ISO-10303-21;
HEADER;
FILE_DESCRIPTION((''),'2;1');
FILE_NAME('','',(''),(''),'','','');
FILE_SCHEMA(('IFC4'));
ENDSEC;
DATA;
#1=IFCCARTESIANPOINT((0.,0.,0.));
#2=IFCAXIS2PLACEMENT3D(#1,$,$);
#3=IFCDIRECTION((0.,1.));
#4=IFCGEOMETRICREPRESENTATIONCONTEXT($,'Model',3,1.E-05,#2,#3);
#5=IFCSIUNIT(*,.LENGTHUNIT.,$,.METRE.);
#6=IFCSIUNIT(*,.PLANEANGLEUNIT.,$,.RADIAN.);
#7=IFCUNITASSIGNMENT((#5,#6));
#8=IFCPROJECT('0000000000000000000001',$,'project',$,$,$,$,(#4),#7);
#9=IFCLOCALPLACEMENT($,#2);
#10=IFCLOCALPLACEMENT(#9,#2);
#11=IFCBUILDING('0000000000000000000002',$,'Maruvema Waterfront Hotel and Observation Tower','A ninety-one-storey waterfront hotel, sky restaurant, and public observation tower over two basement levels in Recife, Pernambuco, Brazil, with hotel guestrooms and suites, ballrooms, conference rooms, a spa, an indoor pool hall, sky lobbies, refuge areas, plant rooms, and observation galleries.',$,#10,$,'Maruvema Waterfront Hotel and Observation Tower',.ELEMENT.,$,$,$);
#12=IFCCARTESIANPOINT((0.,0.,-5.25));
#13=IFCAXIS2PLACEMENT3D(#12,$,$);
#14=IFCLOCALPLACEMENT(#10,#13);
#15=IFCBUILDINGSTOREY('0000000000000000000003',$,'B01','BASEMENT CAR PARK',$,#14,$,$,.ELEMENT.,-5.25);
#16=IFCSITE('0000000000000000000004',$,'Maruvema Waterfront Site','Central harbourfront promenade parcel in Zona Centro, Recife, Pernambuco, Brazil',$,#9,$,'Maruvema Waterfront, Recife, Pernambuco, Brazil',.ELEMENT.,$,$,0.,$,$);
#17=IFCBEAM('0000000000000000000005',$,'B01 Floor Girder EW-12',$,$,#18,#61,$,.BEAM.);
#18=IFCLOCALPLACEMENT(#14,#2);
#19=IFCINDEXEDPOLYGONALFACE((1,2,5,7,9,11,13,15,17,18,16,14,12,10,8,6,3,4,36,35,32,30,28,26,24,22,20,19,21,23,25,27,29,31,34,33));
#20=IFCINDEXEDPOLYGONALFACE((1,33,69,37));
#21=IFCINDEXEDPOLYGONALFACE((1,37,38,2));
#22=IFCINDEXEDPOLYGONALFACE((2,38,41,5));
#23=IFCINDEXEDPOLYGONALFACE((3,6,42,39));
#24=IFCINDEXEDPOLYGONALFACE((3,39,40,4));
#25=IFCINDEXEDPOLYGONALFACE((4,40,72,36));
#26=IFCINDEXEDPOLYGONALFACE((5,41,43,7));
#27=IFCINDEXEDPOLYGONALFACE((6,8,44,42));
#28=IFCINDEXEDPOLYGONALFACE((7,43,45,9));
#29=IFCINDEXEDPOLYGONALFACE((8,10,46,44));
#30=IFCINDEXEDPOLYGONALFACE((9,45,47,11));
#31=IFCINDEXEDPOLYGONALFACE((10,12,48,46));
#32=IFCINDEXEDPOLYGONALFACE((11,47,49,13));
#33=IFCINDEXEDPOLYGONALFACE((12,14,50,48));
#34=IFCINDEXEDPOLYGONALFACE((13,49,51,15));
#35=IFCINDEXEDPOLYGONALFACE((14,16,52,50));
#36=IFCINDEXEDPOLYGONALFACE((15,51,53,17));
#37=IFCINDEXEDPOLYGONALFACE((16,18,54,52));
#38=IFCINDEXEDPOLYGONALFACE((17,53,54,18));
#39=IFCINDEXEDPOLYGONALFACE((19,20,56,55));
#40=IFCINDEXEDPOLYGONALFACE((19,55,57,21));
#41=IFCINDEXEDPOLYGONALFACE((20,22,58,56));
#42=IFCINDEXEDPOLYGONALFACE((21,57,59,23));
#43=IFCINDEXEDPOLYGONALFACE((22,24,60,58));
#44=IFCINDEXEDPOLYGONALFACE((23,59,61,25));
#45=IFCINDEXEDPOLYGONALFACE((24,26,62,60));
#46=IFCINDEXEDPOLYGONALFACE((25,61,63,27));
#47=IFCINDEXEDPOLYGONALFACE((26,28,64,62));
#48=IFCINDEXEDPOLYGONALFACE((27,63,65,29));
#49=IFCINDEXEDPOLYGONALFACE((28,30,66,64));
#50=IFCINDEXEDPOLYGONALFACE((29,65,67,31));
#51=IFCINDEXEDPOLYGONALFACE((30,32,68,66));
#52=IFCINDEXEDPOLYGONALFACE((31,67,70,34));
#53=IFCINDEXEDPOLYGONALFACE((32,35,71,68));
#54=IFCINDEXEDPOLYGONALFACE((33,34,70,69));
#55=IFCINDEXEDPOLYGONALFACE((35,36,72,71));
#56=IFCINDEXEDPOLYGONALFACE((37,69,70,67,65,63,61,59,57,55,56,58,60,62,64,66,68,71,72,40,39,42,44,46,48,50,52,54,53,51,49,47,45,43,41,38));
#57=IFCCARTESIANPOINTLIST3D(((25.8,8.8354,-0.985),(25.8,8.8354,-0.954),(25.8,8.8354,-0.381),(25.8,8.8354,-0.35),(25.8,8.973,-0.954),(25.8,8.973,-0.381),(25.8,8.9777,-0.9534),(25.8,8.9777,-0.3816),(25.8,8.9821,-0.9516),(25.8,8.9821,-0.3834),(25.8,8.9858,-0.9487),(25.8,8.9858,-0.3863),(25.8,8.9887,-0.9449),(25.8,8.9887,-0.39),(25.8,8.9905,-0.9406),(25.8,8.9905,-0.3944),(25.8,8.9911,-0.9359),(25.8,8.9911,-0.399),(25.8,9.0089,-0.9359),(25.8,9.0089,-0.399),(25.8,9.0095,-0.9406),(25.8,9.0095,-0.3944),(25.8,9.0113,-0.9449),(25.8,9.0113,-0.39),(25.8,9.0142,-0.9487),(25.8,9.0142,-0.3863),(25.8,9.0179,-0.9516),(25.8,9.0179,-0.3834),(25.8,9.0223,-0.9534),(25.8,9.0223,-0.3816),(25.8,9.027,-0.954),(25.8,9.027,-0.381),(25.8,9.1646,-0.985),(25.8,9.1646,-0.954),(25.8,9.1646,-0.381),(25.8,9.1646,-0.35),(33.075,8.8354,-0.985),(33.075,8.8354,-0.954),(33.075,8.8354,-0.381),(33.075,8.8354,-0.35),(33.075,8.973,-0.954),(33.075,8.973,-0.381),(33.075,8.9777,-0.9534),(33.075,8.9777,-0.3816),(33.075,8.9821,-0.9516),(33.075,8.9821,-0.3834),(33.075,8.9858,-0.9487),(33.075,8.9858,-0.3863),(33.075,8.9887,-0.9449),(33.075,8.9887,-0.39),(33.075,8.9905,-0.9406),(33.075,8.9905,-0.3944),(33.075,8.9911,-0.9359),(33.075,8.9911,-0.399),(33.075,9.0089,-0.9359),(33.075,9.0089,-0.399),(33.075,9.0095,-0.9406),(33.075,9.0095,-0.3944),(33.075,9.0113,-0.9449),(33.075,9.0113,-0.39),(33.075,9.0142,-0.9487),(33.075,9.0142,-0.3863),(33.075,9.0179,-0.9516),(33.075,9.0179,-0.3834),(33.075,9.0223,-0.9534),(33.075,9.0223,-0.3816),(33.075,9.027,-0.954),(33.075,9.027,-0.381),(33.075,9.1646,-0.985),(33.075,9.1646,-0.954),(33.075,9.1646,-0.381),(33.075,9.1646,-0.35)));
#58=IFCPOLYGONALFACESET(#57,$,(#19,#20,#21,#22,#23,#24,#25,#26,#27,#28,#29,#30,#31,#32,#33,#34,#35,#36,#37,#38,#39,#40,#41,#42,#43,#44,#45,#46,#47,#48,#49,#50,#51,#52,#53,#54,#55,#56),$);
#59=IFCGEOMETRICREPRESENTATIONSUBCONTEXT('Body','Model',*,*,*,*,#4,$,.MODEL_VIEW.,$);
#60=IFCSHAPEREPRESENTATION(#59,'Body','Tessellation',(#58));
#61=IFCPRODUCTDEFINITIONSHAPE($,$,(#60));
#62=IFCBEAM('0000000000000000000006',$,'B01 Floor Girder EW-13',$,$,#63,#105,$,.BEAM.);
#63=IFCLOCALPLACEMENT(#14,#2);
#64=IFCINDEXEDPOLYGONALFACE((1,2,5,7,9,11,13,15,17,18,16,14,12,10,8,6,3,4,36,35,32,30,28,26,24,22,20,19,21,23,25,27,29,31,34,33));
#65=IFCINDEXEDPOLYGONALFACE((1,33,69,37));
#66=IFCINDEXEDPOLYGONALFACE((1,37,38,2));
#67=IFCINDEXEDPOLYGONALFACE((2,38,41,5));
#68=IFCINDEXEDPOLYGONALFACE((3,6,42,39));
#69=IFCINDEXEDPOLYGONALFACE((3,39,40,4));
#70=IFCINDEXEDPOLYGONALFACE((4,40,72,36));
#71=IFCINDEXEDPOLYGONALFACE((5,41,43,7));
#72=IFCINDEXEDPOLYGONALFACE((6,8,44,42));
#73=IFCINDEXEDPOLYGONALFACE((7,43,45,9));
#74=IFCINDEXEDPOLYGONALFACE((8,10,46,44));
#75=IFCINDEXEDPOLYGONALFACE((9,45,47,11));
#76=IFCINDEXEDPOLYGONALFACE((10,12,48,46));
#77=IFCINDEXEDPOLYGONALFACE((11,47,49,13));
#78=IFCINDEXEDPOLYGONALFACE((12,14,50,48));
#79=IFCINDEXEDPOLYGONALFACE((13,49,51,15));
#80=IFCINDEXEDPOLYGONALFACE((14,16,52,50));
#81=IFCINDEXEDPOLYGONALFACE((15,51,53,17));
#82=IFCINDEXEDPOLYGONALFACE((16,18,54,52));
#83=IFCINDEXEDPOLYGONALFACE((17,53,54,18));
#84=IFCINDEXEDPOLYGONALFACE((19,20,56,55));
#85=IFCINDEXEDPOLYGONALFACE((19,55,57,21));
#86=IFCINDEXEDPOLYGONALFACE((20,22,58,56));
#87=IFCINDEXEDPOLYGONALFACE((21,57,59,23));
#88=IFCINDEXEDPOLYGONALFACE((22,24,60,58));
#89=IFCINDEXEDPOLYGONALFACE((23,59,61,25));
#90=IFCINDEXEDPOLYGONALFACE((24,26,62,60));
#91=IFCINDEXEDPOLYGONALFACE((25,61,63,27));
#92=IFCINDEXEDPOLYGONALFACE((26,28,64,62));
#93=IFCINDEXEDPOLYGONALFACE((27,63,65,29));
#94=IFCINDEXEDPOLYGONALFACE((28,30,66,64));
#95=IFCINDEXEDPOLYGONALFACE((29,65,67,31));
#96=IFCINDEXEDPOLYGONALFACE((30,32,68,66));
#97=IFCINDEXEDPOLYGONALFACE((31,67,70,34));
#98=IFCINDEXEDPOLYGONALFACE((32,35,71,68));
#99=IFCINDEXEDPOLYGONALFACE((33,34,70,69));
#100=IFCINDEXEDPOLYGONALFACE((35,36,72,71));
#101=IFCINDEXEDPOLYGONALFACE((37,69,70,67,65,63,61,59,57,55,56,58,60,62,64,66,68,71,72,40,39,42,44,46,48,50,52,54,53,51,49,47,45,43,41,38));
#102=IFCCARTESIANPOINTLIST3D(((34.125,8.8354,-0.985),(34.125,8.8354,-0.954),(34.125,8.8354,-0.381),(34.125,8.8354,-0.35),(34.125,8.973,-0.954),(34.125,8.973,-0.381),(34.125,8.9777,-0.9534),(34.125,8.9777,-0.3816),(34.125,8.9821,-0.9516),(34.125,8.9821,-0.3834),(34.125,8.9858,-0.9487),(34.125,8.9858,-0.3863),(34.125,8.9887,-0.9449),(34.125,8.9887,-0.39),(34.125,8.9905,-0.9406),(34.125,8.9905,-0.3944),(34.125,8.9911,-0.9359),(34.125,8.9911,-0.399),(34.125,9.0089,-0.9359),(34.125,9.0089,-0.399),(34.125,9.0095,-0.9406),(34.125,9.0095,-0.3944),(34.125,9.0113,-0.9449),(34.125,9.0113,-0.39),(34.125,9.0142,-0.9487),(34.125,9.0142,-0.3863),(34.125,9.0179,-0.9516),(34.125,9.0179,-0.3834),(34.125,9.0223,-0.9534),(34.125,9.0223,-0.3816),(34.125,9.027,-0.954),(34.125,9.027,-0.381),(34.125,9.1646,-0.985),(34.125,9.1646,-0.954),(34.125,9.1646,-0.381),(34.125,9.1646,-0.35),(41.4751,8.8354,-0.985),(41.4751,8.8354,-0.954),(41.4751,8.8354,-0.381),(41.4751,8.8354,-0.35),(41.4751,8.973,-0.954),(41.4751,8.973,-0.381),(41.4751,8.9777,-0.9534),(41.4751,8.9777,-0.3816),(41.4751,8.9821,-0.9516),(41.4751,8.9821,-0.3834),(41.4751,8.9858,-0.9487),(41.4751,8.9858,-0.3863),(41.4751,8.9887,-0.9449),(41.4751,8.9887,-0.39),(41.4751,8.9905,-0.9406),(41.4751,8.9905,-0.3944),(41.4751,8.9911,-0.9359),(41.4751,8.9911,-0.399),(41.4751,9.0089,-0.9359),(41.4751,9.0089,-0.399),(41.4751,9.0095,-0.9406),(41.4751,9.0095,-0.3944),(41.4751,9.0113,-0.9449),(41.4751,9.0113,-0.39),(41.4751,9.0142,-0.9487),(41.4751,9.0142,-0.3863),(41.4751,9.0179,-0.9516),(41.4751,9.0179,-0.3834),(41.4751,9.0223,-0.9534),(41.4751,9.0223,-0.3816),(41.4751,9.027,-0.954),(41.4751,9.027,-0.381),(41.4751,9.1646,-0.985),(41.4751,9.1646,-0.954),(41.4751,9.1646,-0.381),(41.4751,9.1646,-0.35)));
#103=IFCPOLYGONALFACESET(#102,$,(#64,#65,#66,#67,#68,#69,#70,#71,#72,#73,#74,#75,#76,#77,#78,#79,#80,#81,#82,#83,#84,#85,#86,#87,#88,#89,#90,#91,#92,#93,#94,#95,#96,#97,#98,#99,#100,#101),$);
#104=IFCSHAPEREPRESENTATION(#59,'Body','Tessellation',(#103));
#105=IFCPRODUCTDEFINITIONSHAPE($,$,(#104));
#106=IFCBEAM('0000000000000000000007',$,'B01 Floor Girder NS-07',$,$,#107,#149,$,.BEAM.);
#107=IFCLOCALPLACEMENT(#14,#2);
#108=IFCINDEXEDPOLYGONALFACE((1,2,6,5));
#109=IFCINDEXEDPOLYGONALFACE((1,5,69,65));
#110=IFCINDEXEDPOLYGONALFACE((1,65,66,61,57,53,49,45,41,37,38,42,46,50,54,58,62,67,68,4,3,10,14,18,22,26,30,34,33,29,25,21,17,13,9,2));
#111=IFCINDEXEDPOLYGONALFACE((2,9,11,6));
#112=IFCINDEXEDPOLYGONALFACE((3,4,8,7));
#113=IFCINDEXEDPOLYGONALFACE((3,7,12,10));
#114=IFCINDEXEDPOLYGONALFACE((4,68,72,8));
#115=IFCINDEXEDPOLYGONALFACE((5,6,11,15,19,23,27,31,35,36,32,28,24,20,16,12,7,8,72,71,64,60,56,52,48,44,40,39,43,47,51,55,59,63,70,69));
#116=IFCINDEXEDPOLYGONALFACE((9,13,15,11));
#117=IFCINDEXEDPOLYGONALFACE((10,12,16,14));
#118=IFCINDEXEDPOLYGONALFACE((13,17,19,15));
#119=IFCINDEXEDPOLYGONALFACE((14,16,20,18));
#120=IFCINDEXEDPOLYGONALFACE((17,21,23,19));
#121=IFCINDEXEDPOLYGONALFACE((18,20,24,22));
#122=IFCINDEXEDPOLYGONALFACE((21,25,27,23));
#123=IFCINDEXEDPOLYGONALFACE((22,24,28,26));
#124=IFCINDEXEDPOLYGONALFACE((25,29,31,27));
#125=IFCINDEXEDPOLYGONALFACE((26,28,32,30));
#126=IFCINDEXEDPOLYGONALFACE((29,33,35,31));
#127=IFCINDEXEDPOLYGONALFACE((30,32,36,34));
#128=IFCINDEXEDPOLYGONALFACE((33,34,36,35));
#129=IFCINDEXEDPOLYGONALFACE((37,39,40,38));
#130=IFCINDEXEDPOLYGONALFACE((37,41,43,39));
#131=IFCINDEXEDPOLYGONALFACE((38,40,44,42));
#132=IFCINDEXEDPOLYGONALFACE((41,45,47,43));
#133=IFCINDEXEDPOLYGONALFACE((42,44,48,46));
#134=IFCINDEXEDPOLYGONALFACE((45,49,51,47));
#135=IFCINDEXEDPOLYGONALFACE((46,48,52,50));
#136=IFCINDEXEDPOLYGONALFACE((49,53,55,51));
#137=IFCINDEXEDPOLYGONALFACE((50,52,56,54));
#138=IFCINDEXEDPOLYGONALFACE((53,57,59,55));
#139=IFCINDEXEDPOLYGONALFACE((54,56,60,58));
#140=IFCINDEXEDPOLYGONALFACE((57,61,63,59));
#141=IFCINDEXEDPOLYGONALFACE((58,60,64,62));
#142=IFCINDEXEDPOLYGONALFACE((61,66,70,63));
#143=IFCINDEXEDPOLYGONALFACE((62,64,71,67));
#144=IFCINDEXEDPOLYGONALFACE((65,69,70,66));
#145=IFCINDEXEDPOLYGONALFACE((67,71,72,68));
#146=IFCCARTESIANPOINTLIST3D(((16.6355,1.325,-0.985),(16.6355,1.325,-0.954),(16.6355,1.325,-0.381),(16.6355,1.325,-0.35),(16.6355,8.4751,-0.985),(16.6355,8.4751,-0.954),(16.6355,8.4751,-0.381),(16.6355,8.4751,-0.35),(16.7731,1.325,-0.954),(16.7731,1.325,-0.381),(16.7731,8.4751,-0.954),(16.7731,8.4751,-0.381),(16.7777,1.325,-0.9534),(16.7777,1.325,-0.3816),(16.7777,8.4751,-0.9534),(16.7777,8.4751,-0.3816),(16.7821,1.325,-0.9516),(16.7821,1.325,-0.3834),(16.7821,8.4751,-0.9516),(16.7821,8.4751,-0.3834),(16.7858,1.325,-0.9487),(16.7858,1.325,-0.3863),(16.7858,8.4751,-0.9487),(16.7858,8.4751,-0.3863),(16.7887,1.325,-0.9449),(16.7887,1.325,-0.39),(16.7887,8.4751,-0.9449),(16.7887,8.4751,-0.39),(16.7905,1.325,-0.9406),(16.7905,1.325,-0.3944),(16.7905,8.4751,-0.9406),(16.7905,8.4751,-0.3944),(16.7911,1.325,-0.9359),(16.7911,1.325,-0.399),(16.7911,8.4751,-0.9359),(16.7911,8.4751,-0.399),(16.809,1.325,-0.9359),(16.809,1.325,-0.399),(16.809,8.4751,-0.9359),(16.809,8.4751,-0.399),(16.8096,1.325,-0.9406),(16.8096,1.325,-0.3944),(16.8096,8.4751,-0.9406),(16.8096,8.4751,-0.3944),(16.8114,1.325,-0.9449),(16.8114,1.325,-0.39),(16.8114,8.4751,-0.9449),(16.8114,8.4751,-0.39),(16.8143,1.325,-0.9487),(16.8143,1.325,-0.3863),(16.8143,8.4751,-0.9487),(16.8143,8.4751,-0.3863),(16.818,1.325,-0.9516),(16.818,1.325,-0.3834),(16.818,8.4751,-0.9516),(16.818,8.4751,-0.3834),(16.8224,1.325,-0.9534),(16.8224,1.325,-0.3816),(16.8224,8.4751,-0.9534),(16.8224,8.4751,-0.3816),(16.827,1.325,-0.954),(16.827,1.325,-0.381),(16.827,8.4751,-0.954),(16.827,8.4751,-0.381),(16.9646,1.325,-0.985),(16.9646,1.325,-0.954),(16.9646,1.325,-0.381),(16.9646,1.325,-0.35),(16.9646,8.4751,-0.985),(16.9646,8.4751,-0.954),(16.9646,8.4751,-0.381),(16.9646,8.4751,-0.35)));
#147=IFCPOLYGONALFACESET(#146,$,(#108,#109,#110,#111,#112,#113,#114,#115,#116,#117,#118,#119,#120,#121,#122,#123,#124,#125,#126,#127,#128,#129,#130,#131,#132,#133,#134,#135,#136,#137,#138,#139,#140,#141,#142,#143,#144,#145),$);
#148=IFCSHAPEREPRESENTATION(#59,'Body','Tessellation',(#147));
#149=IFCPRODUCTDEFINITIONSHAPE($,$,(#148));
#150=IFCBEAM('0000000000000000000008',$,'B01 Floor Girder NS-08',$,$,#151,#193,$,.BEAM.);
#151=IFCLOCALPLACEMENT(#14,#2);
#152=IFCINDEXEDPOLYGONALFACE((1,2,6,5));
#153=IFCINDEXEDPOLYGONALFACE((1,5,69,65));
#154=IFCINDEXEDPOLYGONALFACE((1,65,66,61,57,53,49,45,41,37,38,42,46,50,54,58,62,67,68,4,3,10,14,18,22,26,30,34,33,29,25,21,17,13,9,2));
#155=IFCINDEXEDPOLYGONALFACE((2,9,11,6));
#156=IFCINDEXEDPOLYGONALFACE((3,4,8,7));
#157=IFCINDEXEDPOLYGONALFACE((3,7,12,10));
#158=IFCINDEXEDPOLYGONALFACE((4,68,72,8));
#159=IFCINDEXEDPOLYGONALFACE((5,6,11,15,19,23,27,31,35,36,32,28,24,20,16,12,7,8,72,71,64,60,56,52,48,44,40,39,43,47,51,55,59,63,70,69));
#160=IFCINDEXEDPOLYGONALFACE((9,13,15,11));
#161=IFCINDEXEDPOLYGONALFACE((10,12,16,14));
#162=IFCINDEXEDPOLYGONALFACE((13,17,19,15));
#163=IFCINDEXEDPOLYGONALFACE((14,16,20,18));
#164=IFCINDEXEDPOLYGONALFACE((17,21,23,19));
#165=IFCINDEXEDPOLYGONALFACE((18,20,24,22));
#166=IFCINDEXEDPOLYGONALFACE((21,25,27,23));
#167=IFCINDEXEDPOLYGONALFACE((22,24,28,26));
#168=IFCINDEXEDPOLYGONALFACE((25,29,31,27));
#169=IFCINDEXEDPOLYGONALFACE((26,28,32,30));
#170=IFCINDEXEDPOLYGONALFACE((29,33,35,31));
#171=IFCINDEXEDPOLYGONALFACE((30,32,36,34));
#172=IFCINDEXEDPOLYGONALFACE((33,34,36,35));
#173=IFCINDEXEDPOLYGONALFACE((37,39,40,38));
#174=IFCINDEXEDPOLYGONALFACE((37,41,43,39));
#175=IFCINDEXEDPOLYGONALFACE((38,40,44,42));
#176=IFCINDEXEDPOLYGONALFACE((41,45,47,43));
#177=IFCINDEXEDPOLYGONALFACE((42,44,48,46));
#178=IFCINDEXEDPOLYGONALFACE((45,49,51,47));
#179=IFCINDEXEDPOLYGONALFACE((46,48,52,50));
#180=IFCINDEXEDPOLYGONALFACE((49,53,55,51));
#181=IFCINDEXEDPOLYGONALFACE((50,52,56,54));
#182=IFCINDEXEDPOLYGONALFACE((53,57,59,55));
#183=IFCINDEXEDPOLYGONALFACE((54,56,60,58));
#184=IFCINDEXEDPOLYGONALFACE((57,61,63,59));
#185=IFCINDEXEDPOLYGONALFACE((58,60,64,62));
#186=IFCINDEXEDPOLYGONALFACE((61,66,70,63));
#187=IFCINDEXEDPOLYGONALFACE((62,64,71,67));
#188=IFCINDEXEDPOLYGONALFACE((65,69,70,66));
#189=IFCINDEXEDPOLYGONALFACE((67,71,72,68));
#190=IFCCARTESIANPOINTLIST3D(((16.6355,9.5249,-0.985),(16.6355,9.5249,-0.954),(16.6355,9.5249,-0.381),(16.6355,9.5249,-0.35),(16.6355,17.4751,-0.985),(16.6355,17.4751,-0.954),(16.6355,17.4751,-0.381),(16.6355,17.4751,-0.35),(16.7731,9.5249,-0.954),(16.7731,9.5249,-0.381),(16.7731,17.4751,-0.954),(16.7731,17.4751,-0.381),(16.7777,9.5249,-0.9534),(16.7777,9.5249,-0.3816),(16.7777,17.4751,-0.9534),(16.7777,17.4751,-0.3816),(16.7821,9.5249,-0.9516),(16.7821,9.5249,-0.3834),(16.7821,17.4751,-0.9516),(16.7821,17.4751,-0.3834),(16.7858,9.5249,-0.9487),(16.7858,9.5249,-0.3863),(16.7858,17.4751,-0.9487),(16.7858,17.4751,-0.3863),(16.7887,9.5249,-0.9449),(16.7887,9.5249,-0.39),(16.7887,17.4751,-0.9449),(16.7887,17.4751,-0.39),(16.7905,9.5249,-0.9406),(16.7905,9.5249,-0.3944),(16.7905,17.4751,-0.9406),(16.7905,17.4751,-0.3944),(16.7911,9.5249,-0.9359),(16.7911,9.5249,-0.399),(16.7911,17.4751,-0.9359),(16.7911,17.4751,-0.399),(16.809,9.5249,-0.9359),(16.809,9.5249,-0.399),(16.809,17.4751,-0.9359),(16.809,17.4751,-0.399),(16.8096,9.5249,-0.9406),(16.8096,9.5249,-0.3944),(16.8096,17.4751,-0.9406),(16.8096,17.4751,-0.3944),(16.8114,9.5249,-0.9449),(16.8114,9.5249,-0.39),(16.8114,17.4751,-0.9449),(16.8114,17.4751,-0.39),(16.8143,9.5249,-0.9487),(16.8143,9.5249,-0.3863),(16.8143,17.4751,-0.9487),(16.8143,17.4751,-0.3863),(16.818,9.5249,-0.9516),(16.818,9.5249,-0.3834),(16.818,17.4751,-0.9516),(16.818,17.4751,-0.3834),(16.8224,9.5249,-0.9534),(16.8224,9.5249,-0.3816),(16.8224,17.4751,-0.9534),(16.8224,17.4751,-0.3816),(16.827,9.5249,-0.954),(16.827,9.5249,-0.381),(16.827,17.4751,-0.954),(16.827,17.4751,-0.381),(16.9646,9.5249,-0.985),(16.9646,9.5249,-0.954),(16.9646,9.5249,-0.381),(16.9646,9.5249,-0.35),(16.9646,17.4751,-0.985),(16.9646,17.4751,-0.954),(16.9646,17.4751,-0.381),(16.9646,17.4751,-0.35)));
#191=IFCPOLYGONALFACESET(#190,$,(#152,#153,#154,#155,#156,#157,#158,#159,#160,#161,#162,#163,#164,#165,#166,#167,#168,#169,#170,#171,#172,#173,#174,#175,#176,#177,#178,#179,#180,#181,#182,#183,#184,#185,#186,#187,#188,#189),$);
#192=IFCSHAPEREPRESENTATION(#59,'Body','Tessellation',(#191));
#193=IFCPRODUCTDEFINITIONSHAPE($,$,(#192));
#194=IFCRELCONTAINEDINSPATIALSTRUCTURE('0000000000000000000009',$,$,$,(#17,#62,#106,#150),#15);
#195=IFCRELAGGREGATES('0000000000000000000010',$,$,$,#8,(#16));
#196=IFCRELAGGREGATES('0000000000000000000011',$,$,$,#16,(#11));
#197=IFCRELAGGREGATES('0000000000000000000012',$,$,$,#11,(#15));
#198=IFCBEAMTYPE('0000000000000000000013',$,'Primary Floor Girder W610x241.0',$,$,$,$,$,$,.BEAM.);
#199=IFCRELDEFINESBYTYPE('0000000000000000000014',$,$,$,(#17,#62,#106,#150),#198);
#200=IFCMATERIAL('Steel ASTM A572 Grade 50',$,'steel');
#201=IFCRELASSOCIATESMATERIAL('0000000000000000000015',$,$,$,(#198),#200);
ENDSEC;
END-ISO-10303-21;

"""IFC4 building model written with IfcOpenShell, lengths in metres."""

from ifc_helpers import new_model, si_unit, direction, frame, origin, origin_2d, place, context, subcontext, project, spatial, i_section, extrude, material, material_profile, profile_set, type_object, element, save


model = new_model("IFC4")

# Units and contexts
model_context = context("Model", 3, precision=1e-05, world=origin(), true_north=direction((0.0, 1.0)))
body_context = subcontext(model_context, "Body", "Model", "MODEL_VIEW")
ifc_project = project(units=[si_unit("LENGTHUNIT", "METRE"), si_unit("PLANEANGLEUNIT", "RADIAN")], contexts=[model_context])

# Site, building, storey
site_placement = place(None, origin())
site = spatial("IfcSite", under=ifc_project, at=site_placement, Name="Maruvema Waterfront Site", Description="Central harbourfront promenade parcel in Zona Centro, Recife, Pernambuco, Brazil", LongName="Maruvema Waterfront, Recife, Pernambuco, Brazil", CompositionType="ELEMENT", RefElevation=0.0)
building_placement = place(site_placement, origin())
building = spatial("IfcBuilding", under=site, at=building_placement, Name="Maruvema Waterfront Hotel and Observation Tower", Description="A ninety-one-storey waterfront hotel, sky restaurant, and public observation tower over two basement levels in Recife, Pernambuco, Brazil, with hotel guestrooms and suites, ballrooms, conference rooms, a spa, an indoor pool hall, sky lobbies, refuge areas, plant rooms, and observation galleries.", LongName="Maruvema Waterfront Hotel and Observation Tower", CompositionType="ELEMENT")
storey_placement = place(building_placement, frame((0.0, 0.0, -5.25)))
storey = spatial("IfcBuildingStorey", under=building, at=storey_placement, Name="B01", Description="BASEMENT CAR PARK", CompositionType="ELEMENT", Elevation=-5.25)

# Beams
ifc_material_1 = material(Name="Steel ASTM A572 Grade 50", Category="steel")
ifc_material_profile_1 = material_profile(ifc_material_1, i_section(OverallWidth=0.3291, OverallDepth=0.635, WebThickness=0.0178, FlangeThickness=0.031, FilletRadius=0.0181, at=origin_2d()), Name="W610x241.0")
ifc_profile_set_1 = profile_set([ifc_material_profile_1], Name="Steel ASTM A572 Grade 50")
beam_type_1 = type_object("IfcBeamType", Name="Primary Floor Girder W610x241.0", PredefinedType="BEAM", material=ifc_profile_set_1)
beam_1_placement = place(storey_placement, frame((25.8, 9.0, -0.6675), z_axis=(1.0, 0.0, 0.0), x_axis=(0.0, 1.0, 0.0)))
element("IfcBeam", 1, at=beam_1_placement, inside=storey, type_object=beam_type_1, Name="B01 Floor Girder EW-12", PredefinedType="BEAM", context=body_context, shape_type="SweptSolid", body=[
    extrude(i_section(OverallWidth=0.3291, OverallDepth=0.635, WebThickness=0.0178, FlangeThickness=0.031, FilletRadius=0.0181, at=origin_2d()), origin(), (0.0, 0.0, 1.0), 7.2749),
])
beam_2_placement = place(storey_placement, frame((34.125, 9.0, -0.6675), z_axis=(1.0, 0.0, 0.0), x_axis=(0.0, 1.0, 0.0)))
element("IfcBeam", 2, at=beam_2_placement, inside=storey, type_object=beam_type_1, Name="B01 Floor Girder EW-13", PredefinedType="BEAM", context=body_context, shape_type="SweptSolid", body=[
    extrude(i_section(OverallWidth=0.3291, OverallDepth=0.635, WebThickness=0.0178, FlangeThickness=0.031, FilletRadius=0.0181, at=origin_2d()), origin(), (0.0, 0.0, 1.0), 7.3501),
])
beam_3_placement = place(storey_placement, frame((16.8, 1.325, -0.6675), z_axis=(0.0, 1.0, 0.0), x_axis=(-1.0, 0.0, 0.0)))
element("IfcBeam", 3, at=beam_3_placement, inside=storey, type_object=beam_type_1, Name="B01 Floor Girder NS-07", PredefinedType="BEAM", context=body_context, shape_type="SweptSolid", body=[
    extrude(i_section(OverallWidth=0.3291, OverallDepth=0.635, WebThickness=0.0178, FlangeThickness=0.031, FilletRadius=0.0181, at=origin_2d()), origin(), (0.0, 0.0, 1.0), 7.1501),
])
beam_4_placement = place(storey_placement, frame((16.8, 9.5249, -0.6675), z_axis=(0.0, 1.0, 0.0), x_axis=(-1.0, 0.0, 0.0)))
element("IfcBeam", 4, at=beam_4_placement, inside=storey, type_object=beam_type_1, Name="B01 Floor Girder NS-08", PredefinedType="BEAM", context=body_context, shape_type="SweptSolid", body=[
    extrude(i_section(OverallWidth=0.3291, OverallDepth=0.635, WebThickness=0.0178, FlangeThickness=0.031, FilletRadius=0.0181, at=origin_2d()), origin(), (0.0, 0.0, 1.0), 7.9502),
])

save(model, "model.ifc")
